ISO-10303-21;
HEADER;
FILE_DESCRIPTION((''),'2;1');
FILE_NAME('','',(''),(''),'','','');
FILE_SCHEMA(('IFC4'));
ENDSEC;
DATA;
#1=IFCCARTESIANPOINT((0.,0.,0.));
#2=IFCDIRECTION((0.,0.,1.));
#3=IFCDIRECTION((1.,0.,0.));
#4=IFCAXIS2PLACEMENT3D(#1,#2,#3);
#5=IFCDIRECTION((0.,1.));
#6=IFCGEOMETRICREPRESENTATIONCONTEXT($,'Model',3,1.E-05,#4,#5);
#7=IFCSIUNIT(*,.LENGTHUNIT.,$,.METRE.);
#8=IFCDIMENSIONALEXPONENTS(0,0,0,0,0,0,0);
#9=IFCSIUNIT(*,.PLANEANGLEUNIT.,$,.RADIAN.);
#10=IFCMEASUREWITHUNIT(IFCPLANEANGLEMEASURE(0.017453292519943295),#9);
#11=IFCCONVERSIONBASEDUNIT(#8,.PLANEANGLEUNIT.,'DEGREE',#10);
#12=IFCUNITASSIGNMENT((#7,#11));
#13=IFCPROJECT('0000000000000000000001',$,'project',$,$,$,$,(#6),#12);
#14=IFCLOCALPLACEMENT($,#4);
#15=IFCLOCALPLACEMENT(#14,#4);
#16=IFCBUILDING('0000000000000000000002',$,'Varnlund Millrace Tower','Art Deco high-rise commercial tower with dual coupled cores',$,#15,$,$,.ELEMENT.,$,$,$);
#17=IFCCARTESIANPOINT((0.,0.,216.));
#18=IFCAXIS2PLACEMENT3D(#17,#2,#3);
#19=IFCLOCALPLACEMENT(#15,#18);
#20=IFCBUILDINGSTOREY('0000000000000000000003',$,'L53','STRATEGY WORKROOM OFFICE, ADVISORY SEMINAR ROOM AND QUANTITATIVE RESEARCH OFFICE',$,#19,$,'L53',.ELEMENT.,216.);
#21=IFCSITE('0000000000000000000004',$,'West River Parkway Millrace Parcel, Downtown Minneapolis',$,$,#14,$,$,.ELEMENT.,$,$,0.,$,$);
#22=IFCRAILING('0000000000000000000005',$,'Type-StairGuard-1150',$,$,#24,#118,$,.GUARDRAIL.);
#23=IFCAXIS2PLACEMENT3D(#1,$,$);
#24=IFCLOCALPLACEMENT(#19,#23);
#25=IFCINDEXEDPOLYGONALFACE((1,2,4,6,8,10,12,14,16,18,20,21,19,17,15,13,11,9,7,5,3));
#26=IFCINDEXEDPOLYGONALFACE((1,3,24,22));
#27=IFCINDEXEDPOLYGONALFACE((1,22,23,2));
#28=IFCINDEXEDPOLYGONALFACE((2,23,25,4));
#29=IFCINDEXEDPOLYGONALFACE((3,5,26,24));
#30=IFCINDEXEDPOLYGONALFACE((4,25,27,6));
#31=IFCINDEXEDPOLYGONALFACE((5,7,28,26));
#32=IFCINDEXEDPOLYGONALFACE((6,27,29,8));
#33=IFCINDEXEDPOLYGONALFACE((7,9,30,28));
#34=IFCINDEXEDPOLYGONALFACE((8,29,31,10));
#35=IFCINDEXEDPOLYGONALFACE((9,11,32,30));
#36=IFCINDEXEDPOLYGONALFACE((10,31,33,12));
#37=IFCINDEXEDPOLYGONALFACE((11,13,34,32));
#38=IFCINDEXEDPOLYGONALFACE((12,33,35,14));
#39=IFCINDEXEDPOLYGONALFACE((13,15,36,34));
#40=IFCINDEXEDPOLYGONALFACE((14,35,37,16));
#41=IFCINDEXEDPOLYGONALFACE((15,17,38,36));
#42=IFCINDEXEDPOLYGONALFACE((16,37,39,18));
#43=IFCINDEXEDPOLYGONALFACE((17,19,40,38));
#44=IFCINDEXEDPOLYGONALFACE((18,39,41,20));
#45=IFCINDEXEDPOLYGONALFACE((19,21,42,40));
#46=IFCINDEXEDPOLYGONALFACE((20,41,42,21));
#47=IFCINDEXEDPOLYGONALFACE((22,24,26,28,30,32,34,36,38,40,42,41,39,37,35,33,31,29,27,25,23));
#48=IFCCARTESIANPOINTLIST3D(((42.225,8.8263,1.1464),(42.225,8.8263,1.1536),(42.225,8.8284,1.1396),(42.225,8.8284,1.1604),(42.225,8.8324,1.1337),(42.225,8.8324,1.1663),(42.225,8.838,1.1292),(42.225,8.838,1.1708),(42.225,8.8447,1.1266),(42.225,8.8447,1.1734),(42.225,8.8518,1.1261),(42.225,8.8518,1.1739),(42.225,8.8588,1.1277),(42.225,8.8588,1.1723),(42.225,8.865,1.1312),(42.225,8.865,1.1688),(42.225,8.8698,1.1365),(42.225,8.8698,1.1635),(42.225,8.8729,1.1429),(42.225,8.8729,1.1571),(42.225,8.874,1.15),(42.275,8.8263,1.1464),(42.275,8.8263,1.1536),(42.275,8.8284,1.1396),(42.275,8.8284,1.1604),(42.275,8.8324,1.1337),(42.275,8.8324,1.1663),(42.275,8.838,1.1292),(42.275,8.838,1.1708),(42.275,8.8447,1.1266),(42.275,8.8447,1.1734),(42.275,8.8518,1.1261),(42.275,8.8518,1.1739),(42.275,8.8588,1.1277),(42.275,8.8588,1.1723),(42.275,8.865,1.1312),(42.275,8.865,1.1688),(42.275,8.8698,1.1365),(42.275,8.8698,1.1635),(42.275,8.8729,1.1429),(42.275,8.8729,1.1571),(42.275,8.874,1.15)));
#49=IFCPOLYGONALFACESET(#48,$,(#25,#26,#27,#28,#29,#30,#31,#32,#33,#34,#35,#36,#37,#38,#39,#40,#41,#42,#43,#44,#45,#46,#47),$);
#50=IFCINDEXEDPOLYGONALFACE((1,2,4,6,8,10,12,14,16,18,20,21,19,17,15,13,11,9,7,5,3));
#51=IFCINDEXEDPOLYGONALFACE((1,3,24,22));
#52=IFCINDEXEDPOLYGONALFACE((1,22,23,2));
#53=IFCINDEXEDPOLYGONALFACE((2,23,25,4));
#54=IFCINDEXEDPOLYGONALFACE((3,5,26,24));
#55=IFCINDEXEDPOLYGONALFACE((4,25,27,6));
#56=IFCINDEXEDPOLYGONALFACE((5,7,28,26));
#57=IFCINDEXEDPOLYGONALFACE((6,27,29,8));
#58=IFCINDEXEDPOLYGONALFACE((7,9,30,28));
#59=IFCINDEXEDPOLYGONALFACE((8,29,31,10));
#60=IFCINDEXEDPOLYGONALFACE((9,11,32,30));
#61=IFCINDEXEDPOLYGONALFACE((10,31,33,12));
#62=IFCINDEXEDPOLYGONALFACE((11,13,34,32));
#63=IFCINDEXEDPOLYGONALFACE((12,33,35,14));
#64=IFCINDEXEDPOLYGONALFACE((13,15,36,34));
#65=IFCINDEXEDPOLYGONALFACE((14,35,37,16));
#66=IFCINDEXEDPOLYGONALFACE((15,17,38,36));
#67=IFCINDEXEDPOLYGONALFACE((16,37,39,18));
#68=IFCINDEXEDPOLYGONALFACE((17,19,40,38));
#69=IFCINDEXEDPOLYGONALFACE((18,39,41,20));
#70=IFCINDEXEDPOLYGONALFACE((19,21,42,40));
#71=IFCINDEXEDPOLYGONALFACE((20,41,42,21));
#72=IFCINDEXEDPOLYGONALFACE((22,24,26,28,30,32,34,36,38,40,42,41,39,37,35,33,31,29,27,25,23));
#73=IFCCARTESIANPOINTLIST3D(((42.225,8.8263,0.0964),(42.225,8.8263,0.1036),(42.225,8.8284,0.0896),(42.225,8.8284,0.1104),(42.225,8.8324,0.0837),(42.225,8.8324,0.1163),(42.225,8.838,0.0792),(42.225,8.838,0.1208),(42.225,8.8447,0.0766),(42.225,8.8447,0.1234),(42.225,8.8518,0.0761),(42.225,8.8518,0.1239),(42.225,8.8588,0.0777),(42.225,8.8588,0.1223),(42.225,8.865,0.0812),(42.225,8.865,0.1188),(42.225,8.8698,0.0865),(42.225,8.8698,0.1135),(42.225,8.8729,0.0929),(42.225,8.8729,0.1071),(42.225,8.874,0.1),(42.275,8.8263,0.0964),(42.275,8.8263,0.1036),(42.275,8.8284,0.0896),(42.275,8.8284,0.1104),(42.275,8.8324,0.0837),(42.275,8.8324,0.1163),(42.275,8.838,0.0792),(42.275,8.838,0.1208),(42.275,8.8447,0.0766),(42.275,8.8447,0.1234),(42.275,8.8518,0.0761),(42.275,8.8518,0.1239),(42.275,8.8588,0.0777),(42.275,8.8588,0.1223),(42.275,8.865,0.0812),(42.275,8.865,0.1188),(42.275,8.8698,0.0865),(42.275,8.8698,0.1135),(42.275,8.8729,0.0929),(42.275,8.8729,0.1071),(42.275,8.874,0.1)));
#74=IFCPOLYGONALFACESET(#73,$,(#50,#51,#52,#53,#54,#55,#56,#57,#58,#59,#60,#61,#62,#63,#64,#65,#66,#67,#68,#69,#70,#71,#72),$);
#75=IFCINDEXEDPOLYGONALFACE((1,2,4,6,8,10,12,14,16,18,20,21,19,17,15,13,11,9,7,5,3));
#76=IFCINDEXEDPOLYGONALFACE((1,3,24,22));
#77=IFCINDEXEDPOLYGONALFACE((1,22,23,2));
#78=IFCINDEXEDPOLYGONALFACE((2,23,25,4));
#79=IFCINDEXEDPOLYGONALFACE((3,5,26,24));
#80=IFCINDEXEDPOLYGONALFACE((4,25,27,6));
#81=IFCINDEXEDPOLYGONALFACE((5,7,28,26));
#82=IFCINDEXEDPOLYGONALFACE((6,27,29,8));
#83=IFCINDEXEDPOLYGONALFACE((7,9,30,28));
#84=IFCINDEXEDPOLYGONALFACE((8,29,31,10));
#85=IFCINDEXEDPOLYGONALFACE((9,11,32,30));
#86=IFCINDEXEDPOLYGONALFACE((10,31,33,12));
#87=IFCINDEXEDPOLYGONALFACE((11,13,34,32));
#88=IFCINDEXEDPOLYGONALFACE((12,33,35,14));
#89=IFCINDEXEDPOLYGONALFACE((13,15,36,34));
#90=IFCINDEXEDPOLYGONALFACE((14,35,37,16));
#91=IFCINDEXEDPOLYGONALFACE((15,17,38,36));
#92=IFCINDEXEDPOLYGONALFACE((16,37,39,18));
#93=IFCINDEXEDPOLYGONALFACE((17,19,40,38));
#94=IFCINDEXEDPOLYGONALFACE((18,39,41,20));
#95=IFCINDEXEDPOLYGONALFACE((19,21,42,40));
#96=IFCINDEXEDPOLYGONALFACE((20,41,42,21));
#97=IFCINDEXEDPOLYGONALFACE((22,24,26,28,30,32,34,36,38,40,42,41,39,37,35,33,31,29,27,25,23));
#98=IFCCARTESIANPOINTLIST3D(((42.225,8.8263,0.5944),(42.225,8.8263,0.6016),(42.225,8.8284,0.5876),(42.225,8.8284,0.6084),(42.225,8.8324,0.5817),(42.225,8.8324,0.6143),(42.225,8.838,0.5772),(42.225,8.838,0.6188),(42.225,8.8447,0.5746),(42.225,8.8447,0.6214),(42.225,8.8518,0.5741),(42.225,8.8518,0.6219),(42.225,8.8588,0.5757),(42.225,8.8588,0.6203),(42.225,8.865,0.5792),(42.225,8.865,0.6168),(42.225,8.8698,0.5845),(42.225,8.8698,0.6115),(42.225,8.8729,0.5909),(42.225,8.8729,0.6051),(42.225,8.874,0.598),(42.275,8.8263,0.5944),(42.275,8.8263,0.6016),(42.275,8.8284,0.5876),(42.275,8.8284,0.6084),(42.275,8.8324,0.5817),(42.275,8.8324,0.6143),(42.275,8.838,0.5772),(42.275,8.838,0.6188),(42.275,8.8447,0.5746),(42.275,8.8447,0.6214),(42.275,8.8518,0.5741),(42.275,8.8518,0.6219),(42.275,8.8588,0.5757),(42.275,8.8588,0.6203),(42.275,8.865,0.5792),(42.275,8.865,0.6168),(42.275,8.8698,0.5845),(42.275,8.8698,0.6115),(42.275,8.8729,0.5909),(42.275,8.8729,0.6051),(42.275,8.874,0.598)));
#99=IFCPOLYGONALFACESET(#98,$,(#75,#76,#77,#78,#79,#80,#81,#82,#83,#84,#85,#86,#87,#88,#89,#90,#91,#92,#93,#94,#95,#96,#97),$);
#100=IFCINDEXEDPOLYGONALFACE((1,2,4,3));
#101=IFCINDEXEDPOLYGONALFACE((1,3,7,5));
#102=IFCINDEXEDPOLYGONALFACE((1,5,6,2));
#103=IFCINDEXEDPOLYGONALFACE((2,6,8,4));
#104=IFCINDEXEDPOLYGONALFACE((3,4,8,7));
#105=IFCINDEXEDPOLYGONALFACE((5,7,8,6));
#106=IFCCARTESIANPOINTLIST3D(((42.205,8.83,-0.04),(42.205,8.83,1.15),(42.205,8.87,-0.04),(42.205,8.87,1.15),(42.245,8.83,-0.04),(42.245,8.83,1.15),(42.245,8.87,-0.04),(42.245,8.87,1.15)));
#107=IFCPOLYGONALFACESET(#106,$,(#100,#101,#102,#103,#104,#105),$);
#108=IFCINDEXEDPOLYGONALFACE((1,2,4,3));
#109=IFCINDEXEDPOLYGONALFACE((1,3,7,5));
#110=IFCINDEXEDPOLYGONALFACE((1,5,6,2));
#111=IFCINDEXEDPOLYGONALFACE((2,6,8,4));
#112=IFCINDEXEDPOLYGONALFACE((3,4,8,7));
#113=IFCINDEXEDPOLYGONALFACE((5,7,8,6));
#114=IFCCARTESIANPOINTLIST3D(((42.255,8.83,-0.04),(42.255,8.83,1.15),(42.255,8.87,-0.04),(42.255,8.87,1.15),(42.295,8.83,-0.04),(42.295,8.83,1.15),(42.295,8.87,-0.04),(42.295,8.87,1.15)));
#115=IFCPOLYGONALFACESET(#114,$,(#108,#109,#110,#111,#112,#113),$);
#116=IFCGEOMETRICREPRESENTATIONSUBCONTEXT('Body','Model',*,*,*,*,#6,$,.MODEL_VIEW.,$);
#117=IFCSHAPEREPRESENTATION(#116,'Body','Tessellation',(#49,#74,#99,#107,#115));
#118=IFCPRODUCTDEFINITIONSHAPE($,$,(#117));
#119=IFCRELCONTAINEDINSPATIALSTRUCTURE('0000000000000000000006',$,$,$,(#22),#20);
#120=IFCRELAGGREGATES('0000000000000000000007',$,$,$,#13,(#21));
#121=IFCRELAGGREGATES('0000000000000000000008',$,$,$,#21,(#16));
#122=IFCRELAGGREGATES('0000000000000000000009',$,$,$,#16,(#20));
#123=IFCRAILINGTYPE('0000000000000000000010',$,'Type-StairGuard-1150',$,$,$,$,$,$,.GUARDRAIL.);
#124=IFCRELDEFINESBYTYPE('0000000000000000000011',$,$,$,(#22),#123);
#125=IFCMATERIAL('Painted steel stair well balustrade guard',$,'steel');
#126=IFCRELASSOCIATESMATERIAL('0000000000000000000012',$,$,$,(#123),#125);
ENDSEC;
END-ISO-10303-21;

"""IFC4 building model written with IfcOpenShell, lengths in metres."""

from ifc_helpers import new_model, entity, si_unit, converted_unit, direction, frame, origin_with_axes, origin_2d_with_axis, place, context, subcontext, project, spatial, rectangle, circle, extrude, material, type_object, element, save


model = new_model("IFC4")

# Units and contexts
model_context = context("Model", 3, precision=1e-05, world=origin_with_axes(), true_north=direction((0.0, 1.0)))
body_context = subcontext(model_context, "Body", "Model", "MODEL_VIEW")
ifc_project = project(units=[si_unit("LENGTHUNIT", "METRE"), converted_unit("PLANEANGLEUNIT", "DEGREE", entity("IfcPlaneAngleMeasure", 0.017453292519943295), si_unit("PLANEANGLEUNIT", "RADIAN"), dimensions=[0, 0, 0, 0, 0, 0, 0])], contexts=[model_context])

# Site, building, storey
site_placement = place(None, origin_with_axes())
site = spatial("IfcSite", under=ifc_project, at=site_placement, Name="West River Parkway Millrace Parcel, Downtown Minneapolis", CompositionType="ELEMENT", RefElevation=0.0)
building_placement = place(site_placement, origin_with_axes())
building = spatial("IfcBuilding", under=site, at=building_placement, Name="Varnlund Millrace Tower", Description="Art Deco high-rise commercial tower with dual coupled cores", CompositionType="ELEMENT")
storey_placement = place(building_placement, frame((0.0, 0.0, 216.0), z_axis=(0.0, 0.0, 1.0), x_axis=(1.0, 0.0, 0.0)))
storey = spatial("IfcBuildingStorey", under=building, at=storey_placement, Name="L53", Description="STRATEGY WORKROOM OFFICE, ADVISORY SEMINAR ROOM AND QUANTITATIVE RESEARCH OFFICE", LongName="L53", CompositionType="ELEMENT", Elevation=216.0)

# Railing
ifc_material_1 = material(Name="Painted steel stair well balustrade guard", Category="steel")
railing_type_1 = type_object("IfcRailingType", Name="Type-StairGuard-1150", PredefinedType="GUARDRAIL", material=ifc_material_1)
railing_1_placement = place(storey_placement, frame((0.0, 0.0, -216.0), z_axis=(0.0, 0.0, 1.0), x_axis=(1.0, 0.0, 0.0)))
element("IfcRailing", 1, at=railing_1_placement, inside=storey, type_object=railing_type_1, Name="Type-StairGuard-1150", PredefinedType="GUARDRAIL", context=body_context, shape_type="SweptSolid", body=[
    extrude(circle(Radius=0.024, at=origin_2d_with_axis()), frame((42.225, 8.85, 217.15), z_axis=(1.0, 0.0, 0.0), x_axis=(0.0, 1.0, 0.0)), (0.0, 0.0, 1.0), 0.05),
    extrude(circle(Radius=0.024, at=origin_2d_with_axis()), frame((42.225, 8.85, 216.1), z_axis=(1.0, 0.0, 0.0), x_axis=(0.0, 1.0, 0.0)), (0.0, 0.0, 1.0), 0.05),
    extrude(circle(Radius=0.024, at=origin_2d_with_axis()), frame((42.225, 8.85, 216.598), z_axis=(1.0, 0.0, 0.0), x_axis=(0.0, 1.0, 0.0)), (0.0, 0.0, 1.0), 0.05),
    extrude(rectangle(XDim=0.04, YDim=0.04, at=origin_2d_with_axis()), frame((42.225, 8.85, 215.96), z_axis=(0.0, 0.0, 1.0), x_axis=(1.0, 0.0, 0.0)), (0.0, 0.0, 1.0), 1.19),
    extrude(rectangle(XDim=0.04, YDim=0.04, at=origin_2d_with_axis()), frame((42.275, 8.85, 215.96), z_axis=(0.0, 0.0, 1.0), x_axis=(1.0, 0.0, 0.0)), (0.0, 0.0, 1.0), 1.19),
])

save(model, "model.ifc")
